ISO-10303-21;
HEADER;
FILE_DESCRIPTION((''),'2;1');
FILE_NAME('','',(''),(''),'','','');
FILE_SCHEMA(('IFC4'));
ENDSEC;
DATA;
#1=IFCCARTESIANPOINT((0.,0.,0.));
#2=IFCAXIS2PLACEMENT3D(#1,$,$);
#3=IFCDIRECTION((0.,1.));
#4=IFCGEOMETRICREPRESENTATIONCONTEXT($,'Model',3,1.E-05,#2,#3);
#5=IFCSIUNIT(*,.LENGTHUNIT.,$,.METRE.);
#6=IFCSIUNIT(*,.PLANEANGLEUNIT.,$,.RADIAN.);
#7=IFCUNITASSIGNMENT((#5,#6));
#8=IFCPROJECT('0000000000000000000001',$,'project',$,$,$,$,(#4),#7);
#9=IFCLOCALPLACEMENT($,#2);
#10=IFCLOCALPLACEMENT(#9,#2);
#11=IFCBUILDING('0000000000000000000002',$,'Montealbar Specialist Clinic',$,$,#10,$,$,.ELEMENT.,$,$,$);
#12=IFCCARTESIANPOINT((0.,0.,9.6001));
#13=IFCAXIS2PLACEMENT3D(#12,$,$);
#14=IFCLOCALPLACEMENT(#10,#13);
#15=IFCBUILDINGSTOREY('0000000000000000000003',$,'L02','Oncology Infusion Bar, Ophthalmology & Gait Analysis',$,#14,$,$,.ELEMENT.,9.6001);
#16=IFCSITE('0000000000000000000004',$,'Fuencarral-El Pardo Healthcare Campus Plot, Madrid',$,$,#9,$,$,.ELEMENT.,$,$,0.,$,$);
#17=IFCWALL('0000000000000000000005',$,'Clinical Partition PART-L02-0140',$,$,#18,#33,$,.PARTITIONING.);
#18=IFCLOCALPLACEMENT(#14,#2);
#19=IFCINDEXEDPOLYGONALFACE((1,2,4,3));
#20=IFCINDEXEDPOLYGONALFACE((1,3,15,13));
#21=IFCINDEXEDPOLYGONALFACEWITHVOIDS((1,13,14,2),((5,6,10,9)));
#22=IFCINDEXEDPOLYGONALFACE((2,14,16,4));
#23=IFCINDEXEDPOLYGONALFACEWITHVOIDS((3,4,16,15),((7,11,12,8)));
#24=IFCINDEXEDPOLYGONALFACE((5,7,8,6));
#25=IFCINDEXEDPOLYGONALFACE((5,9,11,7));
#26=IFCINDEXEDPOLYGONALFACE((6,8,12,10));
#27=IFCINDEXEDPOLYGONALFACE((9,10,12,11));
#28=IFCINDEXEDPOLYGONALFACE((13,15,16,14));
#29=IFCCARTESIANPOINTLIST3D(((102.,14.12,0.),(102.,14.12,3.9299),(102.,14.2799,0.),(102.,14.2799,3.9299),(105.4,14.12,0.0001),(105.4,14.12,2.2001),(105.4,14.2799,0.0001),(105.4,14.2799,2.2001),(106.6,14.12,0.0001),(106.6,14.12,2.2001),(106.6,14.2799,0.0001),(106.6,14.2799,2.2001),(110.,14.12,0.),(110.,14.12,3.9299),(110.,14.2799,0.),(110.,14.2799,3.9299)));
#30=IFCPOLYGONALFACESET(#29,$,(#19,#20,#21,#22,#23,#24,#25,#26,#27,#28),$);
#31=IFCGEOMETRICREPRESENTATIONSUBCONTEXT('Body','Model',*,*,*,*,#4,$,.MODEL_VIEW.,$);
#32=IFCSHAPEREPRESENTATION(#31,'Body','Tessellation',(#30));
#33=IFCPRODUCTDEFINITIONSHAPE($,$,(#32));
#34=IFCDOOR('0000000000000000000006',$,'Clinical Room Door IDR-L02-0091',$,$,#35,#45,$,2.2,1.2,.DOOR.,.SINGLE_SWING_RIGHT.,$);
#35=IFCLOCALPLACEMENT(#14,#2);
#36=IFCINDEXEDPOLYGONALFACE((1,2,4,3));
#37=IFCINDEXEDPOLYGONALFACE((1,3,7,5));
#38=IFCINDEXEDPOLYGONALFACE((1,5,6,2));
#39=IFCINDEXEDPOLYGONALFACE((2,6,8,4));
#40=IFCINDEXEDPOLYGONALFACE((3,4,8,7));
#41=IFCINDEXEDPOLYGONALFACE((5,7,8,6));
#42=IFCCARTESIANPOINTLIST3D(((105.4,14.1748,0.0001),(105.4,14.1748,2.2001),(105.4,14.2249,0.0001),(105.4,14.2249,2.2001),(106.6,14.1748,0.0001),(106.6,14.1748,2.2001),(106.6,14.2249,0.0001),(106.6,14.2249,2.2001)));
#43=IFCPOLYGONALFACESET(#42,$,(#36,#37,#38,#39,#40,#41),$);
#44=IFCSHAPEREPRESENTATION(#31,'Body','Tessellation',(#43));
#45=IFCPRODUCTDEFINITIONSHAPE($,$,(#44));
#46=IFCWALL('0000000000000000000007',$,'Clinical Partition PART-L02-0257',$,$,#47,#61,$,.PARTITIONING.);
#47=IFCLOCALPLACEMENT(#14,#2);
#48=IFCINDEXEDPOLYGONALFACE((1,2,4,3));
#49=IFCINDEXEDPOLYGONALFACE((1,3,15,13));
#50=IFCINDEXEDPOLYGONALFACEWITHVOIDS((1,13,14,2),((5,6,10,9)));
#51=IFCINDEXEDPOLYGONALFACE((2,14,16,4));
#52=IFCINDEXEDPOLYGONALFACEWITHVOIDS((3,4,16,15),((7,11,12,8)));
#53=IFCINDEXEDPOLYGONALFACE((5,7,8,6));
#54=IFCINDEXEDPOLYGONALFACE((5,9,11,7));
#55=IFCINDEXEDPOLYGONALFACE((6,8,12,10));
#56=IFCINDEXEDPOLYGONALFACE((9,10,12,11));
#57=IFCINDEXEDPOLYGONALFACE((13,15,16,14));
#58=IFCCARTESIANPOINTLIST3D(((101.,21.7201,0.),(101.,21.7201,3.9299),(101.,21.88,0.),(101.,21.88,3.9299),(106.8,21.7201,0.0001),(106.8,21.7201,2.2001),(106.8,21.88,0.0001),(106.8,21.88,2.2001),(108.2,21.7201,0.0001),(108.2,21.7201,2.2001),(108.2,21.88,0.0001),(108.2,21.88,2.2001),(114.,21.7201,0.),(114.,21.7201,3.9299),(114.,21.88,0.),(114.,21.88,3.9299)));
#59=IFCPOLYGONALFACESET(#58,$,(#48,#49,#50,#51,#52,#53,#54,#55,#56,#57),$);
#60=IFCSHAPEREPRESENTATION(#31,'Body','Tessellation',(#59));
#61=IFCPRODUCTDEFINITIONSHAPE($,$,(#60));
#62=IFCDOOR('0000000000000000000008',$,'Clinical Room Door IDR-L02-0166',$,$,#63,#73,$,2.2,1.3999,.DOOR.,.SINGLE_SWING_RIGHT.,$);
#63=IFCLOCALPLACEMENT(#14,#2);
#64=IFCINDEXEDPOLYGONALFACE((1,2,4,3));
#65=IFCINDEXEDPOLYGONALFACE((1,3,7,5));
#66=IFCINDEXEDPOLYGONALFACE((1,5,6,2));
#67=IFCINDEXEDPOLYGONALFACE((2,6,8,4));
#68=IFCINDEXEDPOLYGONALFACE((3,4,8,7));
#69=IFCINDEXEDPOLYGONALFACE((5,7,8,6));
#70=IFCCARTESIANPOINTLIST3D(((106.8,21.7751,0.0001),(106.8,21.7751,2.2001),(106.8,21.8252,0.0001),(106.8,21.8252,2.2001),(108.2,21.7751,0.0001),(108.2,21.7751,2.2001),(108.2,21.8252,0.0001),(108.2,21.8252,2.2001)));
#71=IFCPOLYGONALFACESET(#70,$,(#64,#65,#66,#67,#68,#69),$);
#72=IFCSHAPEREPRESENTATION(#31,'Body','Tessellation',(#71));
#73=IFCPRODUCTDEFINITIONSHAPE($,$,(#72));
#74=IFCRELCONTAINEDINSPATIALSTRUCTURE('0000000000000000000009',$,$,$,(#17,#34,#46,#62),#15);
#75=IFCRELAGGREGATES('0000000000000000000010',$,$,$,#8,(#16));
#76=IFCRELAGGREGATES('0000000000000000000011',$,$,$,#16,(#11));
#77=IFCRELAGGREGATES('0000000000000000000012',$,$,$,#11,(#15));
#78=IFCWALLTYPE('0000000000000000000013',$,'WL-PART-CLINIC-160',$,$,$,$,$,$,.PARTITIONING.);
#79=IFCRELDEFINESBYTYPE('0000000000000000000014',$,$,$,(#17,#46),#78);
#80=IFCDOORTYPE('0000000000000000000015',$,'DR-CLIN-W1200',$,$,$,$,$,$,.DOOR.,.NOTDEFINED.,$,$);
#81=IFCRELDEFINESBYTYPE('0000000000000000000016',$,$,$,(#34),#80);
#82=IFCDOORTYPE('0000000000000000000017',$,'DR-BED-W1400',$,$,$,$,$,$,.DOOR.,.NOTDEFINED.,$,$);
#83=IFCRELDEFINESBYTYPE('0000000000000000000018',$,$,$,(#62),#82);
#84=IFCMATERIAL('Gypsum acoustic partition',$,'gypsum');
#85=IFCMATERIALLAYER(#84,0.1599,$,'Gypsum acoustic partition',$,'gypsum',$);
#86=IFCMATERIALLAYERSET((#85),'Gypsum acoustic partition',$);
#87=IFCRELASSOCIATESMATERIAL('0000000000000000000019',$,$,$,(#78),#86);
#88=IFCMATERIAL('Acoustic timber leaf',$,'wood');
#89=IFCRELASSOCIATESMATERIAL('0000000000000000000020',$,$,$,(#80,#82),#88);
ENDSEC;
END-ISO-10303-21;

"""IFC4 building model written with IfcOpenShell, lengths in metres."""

from ifc_helpers import new_model, si_unit, direction, frame, frame_2d, origin, place, context, subcontext, project, spatial, rectangle, extrude, material, layer, layer_set, type_object, element, fill, save


model = new_model("IFC4")

# Units and contexts
model_context = context("Model", 3, precision=1e-05, world=origin(), true_north=direction((0.0, 1.0)))
body_context = subcontext(model_context, "Body", "Model", "MODEL_VIEW")
ifc_project = project(units=[si_unit("LENGTHUNIT", "METRE"), si_unit("PLANEANGLEUNIT", "RADIAN")], contexts=[model_context])

# Site, building, storey
site_placement = place(None, origin())
site = spatial("IfcSite", under=ifc_project, at=site_placement, Name="Fuencarral-El Pardo Healthcare Campus Plot, Madrid", CompositionType="ELEMENT", RefElevation=0.0)
building_placement = place(site_placement, origin())
building = spatial("IfcBuilding", under=site, at=building_placement, Name="Montealbar Specialist Clinic", CompositionType="ELEMENT")
storey_placement = place(building_placement, frame((0.0, 0.0, 9.6001)))
storey = spatial("IfcBuildingStorey", under=building, at=storey_placement, Name="L02", Description="Oncology Infusion Bar, Ophthalmology & Gait Analysis", CompositionType="ELEMENT", Elevation=9.6001)

# Shared definitions
ifc_material_1 = material(Name="Gypsum acoustic partition", Category="gypsum")

# Walls, openings, doors
ifc_layer_1 = layer(ifc_material_1, 0.1599, Name="Gypsum acoustic partition", Category="gypsum")
ifc_layer_set_1 = layer_set([ifc_layer_1], Name="Gypsum acoustic partition")
wall_type_1 = type_object("IfcWallType", Name="WL-PART-CLINIC-160", PredefinedType="PARTITIONING", material=ifc_layer_set_1)
wall_1_placement = place(storey_placement, frame((102.0, 14.2, 0.0), z_axis=(0.0, 0.0, 1.0), x_axis=(1.0, 0.0, 0.0)))
wall_1 = element("IfcWall", 1, at=wall_1_placement, inside=storey, type_object=wall_type_1, Name="Clinical Partition PART-L02-0140", PredefinedType="PARTITIONING", context=body_context, shape_type="SweptSolid", body=[
    extrude(rectangle(XDim=8.0, YDim=0.1599, at=frame_2d((4.0, 0.0))), origin(), (0.0, 0.0, 1.0), 3.9299),
])
opening_1_placement = place(wall_1_placement, frame((3.3999, 0.0, 0.0)))
opening_1 = element("IfcOpeningElement", 2, at=opening_1_placement, cuts=wall_1, PredefinedType="OPENING", context=body_context, shape_type="SweptSolid", body=[
    extrude(rectangle(XDim=1.2, YDim=2.2, at=frame_2d((0.6001, 1.1001))), frame((0.0, 0.0898, 0.0), z_axis=(0.0, -1.0, 0.0), x_axis=(1.0, 0.0, 0.0)), (0.0, 0.0, 1.0), 0.1799),
])
ifc_material_2 = material(Name="Acoustic timber leaf", Category="wood")
door_type_1 = type_object("IfcDoorType", Name="DR-CLIN-W1200", OperationType="NOTDEFINED", PredefinedType="DOOR", material=ifc_material_2)
door_1_placement = place(opening_1_placement, origin())
door_1 = element("IfcDoor", 3, at=door_1_placement, inside=storey, type_object=door_type_1, Name="Clinical Room Door IDR-L02-0091", OperationType="SINGLE_SWING_RIGHT", OverallHeight=2.2, OverallWidth=1.2, PredefinedType="DOOR", context=body_context, shape_type="SweptSolid", body=[
    extrude(rectangle(XDim=1.2, YDim=2.2, at=frame_2d((0.6001, 1.1001))), frame((0.0, 0.0249, 0.0), z_axis=(0.0, -1.0, 0.0), x_axis=(1.0, 0.0, 0.0)), (0.0, 0.0, 1.0), 0.05),
])
fill(opening_1, door_1)
wall_2_placement = place(storey_placement, frame((101.0, 21.8, 0.0), z_axis=(0.0, 0.0, 1.0), x_axis=(1.0, 0.0, 0.0)))
wall_2 = element("IfcWall", 4, at=wall_2_placement, inside=storey, type_object=wall_type_1, Name="Clinical Partition PART-L02-0257", PredefinedType="PARTITIONING", context=body_context, shape_type="SweptSolid", body=[
    extrude(rectangle(XDim=13.0, YDim=0.1599, at=frame_2d((6.5, 0.0))), origin(), (0.0, 0.0, 1.0), 3.9299),
])
opening_2_placement = place(wall_2_placement, frame((5.8, 0.0, 0.0)))
opening_2 = element("IfcOpeningElement", 5, at=opening_2_placement, cuts=wall_2, PredefinedType="OPENING", context=body_context, shape_type="SweptSolid", body=[
    extrude(rectangle(XDim=1.3999, YDim=2.2, at=frame_2d((0.7, 1.1001))), frame((0.0, 0.0898, 0.0), z_axis=(0.0, -1.0, 0.0), x_axis=(1.0, 0.0, 0.0)), (0.0, 0.0, 1.0), 0.1799),
])
door_type_2 = type_object("IfcDoorType", Name="DR-BED-W1400", OperationType="NOTDEFINED", PredefinedType="DOOR", material=ifc_material_2)
door_2_placement = place(opening_2_placement, frame((1.3999, 0.0, 0.0), z_axis=(0.0, 0.0, 1.0), x_axis=(-1.0, 0.0, 0.0)))
door_2 = element("IfcDoor", 6, at=door_2_placement, inside=storey, type_object=door_type_2, Name="Clinical Room Door IDR-L02-0166", OperationType="SINGLE_SWING_RIGHT", OverallHeight=2.2, OverallWidth=1.3999, PredefinedType="DOOR", context=body_context, shape_type="SweptSolid", body=[
    extrude(rectangle(XDim=1.3999, YDim=2.2, at=frame_2d((0.7, 1.1001))), frame((0.0, 0.0249, 0.0), z_axis=(0.0, -1.0, 0.0), x_axis=(1.0, 0.0, 0.0)), (0.0, 0.0, 1.0), 0.05),
])
fill(opening_2, door_2)

save(model, "model.ifc")
